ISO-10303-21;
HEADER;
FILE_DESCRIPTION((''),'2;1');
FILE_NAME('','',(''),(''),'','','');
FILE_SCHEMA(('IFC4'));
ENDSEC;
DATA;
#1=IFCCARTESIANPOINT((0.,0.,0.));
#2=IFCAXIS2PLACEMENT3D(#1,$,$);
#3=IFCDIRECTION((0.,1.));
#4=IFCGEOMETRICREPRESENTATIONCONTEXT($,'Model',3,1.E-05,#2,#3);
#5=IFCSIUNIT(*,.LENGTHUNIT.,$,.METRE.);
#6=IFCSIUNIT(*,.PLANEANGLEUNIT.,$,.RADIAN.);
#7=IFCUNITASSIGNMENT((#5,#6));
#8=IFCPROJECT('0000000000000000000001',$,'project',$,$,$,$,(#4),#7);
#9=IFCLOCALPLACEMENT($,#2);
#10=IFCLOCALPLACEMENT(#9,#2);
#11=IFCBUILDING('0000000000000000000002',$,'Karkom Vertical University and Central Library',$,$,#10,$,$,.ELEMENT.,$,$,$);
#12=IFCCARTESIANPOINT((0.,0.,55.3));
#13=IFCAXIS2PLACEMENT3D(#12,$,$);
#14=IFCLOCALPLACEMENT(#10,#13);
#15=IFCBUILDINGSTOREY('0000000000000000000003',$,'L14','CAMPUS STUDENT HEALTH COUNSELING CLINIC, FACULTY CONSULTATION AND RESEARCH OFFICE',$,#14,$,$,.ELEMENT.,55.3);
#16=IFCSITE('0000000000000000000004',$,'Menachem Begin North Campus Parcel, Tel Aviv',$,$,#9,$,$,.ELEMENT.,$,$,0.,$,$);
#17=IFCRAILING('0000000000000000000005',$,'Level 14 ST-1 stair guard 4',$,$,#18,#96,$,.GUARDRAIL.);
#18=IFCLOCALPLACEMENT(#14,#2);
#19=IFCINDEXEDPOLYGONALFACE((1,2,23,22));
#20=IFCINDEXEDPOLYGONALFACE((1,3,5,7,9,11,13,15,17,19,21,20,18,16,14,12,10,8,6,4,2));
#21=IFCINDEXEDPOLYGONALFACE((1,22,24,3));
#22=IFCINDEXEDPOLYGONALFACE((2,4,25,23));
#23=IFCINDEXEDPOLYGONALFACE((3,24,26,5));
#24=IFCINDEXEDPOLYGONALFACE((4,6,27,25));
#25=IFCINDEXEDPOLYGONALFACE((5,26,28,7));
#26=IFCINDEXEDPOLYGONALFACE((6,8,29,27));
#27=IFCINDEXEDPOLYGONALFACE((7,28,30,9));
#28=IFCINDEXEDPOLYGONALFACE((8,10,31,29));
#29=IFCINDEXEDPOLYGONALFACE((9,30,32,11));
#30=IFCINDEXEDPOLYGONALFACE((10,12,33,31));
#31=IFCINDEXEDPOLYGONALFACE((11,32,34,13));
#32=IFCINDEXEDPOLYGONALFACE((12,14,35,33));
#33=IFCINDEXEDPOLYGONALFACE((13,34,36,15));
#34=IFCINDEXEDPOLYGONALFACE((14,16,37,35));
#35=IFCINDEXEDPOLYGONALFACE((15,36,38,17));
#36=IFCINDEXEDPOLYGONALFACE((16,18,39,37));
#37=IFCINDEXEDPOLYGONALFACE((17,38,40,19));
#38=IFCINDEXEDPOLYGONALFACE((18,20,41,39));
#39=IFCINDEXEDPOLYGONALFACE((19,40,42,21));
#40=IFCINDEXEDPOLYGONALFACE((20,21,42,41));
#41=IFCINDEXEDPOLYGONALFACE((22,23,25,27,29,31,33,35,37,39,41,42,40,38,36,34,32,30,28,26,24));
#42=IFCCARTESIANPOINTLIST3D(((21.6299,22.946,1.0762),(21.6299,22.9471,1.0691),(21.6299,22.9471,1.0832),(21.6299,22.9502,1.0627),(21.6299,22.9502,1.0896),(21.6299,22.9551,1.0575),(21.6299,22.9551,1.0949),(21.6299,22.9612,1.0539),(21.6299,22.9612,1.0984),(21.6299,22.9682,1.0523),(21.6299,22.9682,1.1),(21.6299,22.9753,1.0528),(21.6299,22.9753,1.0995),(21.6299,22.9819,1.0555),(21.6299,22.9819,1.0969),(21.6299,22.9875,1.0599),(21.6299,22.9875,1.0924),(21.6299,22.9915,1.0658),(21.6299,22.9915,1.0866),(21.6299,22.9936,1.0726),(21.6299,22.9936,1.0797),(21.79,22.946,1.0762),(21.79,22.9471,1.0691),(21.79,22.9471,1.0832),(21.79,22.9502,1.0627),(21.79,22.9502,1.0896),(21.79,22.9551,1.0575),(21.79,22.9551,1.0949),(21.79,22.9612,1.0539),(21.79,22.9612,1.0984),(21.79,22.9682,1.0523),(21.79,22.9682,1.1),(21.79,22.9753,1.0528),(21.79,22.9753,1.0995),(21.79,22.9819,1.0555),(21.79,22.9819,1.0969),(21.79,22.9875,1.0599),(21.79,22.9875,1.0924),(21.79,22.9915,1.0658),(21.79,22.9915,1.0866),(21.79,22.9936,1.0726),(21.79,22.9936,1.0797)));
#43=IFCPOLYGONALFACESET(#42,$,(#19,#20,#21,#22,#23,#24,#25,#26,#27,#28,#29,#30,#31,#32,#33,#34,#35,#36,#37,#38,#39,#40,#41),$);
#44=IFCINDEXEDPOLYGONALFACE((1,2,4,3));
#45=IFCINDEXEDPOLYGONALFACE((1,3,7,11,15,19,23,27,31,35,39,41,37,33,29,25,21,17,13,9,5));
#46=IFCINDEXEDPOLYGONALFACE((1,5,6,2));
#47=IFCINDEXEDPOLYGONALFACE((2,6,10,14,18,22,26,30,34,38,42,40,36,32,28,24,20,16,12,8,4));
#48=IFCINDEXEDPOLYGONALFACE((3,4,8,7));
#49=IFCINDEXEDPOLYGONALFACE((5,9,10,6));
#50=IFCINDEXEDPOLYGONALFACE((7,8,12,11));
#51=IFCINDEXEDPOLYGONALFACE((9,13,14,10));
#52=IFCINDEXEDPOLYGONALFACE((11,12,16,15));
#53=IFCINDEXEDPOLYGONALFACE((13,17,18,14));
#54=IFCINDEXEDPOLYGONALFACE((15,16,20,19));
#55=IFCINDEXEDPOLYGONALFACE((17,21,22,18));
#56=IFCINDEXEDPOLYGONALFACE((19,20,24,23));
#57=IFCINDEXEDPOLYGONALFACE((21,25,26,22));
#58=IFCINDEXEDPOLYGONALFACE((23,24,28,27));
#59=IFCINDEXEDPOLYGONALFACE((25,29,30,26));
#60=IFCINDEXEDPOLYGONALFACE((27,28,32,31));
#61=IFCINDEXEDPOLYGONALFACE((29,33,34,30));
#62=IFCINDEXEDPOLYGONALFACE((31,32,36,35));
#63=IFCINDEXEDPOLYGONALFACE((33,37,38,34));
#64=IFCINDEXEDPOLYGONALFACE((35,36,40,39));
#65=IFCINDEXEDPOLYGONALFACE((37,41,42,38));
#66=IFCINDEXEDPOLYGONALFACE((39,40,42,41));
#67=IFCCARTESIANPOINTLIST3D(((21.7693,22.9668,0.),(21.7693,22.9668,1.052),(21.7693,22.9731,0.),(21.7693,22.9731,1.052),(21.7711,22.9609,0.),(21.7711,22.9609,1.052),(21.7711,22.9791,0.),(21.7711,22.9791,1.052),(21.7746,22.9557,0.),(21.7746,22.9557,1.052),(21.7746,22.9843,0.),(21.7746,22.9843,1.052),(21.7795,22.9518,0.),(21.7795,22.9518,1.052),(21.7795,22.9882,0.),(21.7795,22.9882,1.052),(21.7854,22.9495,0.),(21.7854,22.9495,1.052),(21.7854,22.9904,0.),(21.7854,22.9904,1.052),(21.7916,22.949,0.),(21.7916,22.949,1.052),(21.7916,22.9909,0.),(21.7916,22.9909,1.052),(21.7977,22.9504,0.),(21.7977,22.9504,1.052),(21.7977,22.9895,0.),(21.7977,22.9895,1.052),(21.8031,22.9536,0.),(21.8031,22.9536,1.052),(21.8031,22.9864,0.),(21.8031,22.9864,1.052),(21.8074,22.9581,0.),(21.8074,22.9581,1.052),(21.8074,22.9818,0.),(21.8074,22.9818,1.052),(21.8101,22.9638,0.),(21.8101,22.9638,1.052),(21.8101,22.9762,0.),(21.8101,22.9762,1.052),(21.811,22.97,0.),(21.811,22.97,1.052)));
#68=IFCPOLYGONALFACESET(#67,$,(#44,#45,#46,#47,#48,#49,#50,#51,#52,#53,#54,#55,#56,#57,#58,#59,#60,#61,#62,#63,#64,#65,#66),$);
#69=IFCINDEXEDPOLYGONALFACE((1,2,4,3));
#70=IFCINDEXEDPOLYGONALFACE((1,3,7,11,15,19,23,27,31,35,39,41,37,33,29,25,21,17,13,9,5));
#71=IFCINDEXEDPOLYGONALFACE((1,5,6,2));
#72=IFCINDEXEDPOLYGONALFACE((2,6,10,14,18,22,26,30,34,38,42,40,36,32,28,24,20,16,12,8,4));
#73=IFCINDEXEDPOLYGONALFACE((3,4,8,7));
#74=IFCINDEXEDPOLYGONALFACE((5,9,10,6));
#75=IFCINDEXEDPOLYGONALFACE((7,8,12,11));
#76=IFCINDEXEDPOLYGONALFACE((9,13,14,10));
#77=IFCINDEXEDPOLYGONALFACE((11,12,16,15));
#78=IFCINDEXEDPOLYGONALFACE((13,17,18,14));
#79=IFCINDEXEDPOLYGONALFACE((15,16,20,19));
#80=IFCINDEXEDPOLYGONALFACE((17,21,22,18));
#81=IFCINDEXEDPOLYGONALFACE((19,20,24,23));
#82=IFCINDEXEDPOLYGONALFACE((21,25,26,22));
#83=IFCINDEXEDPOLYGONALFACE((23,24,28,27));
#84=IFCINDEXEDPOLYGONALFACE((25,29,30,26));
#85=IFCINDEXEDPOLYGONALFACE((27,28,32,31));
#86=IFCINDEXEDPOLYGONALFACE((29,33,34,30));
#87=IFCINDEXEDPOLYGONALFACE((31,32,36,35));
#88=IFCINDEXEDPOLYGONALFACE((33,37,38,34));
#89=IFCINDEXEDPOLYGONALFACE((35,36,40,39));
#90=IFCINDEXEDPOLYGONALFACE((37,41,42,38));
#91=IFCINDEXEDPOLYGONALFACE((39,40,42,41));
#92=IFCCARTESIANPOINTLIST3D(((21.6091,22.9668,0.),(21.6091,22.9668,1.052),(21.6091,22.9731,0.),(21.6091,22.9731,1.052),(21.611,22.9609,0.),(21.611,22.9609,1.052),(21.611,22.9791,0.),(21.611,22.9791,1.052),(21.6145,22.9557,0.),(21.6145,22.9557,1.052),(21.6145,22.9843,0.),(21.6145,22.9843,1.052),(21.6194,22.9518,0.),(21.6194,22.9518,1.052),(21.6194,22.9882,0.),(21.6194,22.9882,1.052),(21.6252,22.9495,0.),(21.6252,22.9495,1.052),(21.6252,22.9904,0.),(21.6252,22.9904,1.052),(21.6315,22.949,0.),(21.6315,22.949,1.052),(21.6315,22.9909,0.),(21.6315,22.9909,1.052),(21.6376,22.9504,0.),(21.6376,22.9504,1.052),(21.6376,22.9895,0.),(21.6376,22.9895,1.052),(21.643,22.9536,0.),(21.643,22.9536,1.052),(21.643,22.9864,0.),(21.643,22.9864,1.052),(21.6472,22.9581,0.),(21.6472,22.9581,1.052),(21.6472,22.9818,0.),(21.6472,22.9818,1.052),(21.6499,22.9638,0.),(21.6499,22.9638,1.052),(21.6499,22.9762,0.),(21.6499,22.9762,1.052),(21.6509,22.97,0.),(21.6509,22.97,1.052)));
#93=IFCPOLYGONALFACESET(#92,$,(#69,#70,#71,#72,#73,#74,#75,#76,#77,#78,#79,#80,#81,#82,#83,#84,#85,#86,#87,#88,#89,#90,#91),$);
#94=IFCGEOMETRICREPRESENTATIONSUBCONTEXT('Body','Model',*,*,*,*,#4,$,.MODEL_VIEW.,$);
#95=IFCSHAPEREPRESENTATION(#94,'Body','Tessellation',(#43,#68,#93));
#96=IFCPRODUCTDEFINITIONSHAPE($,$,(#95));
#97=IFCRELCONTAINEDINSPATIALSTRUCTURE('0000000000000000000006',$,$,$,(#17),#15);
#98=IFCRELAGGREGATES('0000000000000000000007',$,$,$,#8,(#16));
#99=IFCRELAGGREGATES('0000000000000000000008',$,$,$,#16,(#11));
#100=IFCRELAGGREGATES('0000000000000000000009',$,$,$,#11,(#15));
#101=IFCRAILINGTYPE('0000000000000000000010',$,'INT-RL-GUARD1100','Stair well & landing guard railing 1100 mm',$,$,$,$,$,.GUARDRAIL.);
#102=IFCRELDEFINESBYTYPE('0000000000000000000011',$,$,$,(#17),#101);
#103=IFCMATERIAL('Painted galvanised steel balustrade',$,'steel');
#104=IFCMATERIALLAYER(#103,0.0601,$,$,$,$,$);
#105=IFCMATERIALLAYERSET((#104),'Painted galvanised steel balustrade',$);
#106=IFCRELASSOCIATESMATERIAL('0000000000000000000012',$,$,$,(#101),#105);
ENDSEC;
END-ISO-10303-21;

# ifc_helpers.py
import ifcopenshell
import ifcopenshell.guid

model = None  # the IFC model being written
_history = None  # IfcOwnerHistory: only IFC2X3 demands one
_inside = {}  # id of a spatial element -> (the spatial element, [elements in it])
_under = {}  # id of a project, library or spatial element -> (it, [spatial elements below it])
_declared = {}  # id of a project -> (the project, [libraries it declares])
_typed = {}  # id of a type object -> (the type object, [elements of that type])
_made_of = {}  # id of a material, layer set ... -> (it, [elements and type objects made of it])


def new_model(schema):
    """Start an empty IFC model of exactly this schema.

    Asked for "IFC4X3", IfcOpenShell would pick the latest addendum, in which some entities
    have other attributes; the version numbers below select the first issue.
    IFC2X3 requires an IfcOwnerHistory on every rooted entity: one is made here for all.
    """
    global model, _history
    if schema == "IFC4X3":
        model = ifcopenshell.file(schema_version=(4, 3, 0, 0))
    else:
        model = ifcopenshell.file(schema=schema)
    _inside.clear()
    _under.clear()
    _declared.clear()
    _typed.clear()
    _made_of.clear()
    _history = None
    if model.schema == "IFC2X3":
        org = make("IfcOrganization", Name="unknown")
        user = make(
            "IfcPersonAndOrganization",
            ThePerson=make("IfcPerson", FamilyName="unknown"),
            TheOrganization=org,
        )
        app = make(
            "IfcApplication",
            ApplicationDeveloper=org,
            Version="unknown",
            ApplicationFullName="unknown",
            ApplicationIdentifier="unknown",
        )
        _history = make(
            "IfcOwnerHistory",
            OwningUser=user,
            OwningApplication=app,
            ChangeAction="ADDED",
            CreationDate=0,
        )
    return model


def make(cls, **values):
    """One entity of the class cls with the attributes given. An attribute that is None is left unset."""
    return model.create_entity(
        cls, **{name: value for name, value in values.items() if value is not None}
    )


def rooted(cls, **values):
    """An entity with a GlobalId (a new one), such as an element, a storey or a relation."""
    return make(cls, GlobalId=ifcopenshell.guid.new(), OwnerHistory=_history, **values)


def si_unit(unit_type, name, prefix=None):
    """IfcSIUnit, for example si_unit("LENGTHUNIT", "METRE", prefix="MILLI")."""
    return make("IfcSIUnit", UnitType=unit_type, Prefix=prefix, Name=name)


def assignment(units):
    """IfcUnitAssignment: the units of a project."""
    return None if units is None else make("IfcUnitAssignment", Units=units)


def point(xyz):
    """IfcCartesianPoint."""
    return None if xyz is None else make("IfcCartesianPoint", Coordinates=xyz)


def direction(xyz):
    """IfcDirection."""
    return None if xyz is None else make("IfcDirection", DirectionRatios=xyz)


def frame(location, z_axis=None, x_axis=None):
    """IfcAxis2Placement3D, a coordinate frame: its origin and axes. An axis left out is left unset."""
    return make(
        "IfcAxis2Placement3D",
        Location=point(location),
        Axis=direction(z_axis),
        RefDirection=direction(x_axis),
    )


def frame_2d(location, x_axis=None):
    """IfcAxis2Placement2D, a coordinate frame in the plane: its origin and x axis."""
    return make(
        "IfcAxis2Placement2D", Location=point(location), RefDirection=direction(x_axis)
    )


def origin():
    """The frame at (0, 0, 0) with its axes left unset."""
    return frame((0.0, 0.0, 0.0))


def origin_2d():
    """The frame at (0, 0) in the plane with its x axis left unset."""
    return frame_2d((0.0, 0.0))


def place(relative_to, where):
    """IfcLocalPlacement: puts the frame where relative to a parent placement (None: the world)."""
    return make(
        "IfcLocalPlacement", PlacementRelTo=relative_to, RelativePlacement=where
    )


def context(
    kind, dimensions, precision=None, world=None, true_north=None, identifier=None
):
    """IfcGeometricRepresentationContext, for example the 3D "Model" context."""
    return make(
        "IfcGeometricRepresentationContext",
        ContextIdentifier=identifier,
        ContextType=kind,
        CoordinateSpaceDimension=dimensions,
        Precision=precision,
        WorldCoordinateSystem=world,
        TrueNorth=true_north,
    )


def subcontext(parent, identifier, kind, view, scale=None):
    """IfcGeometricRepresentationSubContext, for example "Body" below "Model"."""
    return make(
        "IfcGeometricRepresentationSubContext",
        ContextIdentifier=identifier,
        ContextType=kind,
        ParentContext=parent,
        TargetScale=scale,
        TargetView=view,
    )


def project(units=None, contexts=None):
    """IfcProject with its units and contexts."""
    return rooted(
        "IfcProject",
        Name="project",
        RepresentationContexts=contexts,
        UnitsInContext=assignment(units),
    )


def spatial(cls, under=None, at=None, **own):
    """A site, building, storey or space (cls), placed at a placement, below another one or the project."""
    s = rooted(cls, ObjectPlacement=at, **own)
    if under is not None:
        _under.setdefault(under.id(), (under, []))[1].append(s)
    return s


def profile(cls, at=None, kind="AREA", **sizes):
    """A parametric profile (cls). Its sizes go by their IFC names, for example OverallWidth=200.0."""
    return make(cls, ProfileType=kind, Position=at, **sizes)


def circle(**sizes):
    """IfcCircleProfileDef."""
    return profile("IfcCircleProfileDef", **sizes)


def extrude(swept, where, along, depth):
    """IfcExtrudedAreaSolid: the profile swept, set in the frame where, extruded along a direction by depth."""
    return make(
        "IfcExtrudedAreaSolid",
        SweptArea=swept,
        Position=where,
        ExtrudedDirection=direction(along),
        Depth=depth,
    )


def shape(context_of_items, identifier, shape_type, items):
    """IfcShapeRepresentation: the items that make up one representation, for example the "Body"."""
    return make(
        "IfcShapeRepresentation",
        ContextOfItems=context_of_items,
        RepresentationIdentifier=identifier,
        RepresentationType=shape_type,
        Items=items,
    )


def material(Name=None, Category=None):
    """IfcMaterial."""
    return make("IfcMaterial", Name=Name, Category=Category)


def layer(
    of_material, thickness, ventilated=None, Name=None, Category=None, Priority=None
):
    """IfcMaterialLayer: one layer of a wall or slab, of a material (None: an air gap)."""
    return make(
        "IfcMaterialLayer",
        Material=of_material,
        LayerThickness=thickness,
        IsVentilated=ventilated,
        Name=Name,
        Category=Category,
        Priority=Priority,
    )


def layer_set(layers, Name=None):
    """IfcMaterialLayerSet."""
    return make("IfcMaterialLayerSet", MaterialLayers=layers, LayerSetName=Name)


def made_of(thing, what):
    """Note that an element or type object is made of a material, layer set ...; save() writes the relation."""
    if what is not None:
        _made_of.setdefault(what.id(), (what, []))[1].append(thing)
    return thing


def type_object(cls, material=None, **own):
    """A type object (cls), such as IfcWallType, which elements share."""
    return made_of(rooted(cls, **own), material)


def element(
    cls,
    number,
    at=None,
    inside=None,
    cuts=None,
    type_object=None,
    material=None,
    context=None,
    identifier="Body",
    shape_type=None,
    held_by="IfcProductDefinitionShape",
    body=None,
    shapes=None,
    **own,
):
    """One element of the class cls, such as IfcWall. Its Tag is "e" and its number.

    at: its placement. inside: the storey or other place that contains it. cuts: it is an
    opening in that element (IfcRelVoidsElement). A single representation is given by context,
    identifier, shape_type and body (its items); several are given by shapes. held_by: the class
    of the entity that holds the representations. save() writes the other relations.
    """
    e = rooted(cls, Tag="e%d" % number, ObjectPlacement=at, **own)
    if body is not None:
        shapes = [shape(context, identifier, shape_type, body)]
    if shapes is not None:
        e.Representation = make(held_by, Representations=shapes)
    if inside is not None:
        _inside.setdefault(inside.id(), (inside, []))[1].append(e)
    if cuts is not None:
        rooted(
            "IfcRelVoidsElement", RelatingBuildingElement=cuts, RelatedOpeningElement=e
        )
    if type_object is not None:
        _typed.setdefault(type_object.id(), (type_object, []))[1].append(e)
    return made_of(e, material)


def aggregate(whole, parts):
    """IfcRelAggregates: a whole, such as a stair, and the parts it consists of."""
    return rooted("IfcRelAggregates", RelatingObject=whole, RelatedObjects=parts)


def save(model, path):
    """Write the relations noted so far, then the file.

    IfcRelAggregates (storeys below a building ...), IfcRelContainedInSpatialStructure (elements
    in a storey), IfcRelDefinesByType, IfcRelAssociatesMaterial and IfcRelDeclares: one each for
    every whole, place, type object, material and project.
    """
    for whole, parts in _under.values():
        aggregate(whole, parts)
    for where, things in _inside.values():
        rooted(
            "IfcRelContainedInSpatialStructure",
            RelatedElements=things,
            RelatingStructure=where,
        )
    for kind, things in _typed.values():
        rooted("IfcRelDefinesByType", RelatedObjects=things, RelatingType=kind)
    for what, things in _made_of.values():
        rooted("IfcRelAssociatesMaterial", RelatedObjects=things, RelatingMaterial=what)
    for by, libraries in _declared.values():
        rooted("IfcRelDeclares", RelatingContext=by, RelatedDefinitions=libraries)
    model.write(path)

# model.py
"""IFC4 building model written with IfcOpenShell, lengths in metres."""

from ifc_helpers import new_model, si_unit, direction, frame, origin, origin_2d, place, context, subcontext, project, spatial, circle, extrude, material, layer, layer_set, type_object, element, save


model = new_model("IFC4")

# Units and contexts
model_context = context("Model", 3, precision=1e-05, world=origin(), true_north=direction((0.0, 1.0)))
body_context = subcontext(model_context, "Body", "Model", "MODEL_VIEW")
ifc_project = project(units=[si_unit("LENGTHUNIT", "METRE"), si_unit("PLANEANGLEUNIT", "RADIAN")], contexts=[model_context])

# Site, building, storey
site_placement = place(None, origin())
site = spatial("IfcSite", under=ifc_project, at=site_placement, Name="Menachem Begin North Campus Parcel, Tel Aviv", CompositionType="ELEMENT", RefElevation=0.0)
building_placement = place(site_placement, origin())
building = spatial("IfcBuilding", under=site, at=building_placement, Name="Karkom Vertical University and Central Library", CompositionType="ELEMENT")
storey_placement = place(building_placement, frame((0.0, 0.0, 55.3)))
storey = spatial("IfcBuildingStorey", under=building, at=storey_placement, Name="L14", Description="CAMPUS STUDENT HEALTH COUNSELING CLINIC, FACULTY CONSULTATION AND RESEARCH OFFICE", CompositionType="ELEMENT", Elevation=55.3)

# Railing
ifc_material_1 = material(Name="Painted galvanised steel balustrade", Category="steel")
ifc_layer_1 = layer(ifc_material_1, 0.0601)
ifc_layer_set_1 = layer_set([ifc_layer_1], Name="Painted galvanised steel balustrade")
railing_type_1 = type_object("IfcRailingType", Name="INT-RL-GUARD1100", Description="Stair well & landing guard railing 1100 mm", PredefinedType="GUARDRAIL", material=ifc_layer_set_1)
railing_1_placement = place(storey_placement, frame((21.79, 22.97, 0.0)))
element("IfcRailing", 1, at=railing_1_placement, inside=storey, type_object=railing_type_1, Name="Level 14 ST-1 stair guard 4", PredefinedType="GUARDRAIL", context=body_context, shape_type="SweptSolid", body=[
    extrude(circle(Radius=0.0239, at=origin_2d()), frame((0.0, 0.0, 1.0762), z_axis=(-1.0, 0.0, 0.0), x_axis=(0.0, -1.0, 0.0)), (0.0, 0.0, 1.0), 0.1602),
    extrude(circle(Radius=0.021, at=origin_2d()), origin(), (0.0, 0.0, 1.0), 1.052),
    extrude(circle(Radius=0.021, at=origin_2d()), frame((-0.1602, 0.0, 0.0)), (0.0, 0.0, 1.0), 1.052),
])

save(model, "model.ifc")
